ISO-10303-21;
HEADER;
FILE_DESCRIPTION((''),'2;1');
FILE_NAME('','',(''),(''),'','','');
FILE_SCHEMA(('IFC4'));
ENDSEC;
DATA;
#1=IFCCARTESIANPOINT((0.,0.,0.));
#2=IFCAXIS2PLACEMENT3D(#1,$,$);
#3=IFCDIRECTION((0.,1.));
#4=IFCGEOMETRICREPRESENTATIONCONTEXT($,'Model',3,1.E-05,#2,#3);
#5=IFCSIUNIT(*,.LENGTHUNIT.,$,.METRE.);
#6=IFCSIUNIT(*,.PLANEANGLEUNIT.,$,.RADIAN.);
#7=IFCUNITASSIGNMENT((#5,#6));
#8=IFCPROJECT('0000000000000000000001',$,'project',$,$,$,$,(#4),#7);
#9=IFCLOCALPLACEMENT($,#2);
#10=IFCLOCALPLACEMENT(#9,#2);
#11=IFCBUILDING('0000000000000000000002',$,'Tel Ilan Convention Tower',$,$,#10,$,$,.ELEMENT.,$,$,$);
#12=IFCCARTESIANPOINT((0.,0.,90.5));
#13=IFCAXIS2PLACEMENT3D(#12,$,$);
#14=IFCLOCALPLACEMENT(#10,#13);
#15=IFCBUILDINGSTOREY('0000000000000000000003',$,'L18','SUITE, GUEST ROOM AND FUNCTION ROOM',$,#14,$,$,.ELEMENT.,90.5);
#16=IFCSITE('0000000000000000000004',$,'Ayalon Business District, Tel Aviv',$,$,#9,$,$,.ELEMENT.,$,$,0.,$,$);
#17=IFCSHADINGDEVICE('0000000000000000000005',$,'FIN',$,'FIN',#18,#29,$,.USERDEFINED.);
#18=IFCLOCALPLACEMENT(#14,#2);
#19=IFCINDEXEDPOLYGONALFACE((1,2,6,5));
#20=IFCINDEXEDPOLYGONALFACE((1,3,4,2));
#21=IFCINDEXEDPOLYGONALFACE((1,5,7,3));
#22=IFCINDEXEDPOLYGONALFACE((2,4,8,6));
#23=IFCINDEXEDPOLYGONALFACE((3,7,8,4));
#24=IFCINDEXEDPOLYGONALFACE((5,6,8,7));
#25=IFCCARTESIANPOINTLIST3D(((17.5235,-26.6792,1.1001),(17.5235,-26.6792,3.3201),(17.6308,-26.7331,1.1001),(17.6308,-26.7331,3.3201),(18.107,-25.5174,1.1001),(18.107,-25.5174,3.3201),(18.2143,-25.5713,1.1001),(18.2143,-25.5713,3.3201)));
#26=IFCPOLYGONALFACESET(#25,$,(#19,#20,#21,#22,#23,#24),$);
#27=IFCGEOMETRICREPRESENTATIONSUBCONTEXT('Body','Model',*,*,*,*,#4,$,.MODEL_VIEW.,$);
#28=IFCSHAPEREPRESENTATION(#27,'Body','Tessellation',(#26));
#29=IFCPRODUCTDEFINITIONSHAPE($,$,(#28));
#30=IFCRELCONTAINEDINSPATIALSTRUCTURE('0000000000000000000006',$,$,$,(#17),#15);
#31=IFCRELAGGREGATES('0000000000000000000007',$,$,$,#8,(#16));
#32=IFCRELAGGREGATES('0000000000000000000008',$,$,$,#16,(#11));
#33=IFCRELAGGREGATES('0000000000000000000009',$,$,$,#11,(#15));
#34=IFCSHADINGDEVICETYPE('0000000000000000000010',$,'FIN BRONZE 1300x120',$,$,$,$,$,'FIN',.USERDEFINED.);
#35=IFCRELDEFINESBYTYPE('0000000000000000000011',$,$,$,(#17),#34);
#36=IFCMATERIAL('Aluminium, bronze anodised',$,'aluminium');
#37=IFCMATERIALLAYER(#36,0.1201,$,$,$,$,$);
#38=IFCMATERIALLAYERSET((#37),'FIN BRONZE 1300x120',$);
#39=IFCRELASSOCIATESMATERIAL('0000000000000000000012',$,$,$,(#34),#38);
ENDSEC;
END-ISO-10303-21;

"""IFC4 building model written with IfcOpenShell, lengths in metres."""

from ifc_helpers import new_model, si_unit, direction, frame, origin, origin_2d, place, context, subcontext, project, spatial, rectangle, extrude, material, layer, layer_set, type_object, element, save


model = new_model("IFC4")

# Units and contexts
model_context = context("Model", 3, precision=1e-05, world=origin(), true_north=direction((0.0, 1.0)))
body_context = subcontext(model_context, "Body", "Model", "MODEL_VIEW")
ifc_project = project(units=[si_unit("LENGTHUNIT", "METRE"), si_unit("PLANEANGLEUNIT", "RADIAN")], contexts=[model_context])

# Site, building, storey
site_placement = place(None, origin())
site = spatial("IfcSite", under=ifc_project, at=site_placement, Name="Ayalon Business District, Tel Aviv", CompositionType="ELEMENT", RefElevation=0.0)
building_placement = place(site_placement, origin())
building = spatial("IfcBuilding", under=site, at=building_placement, Name="Tel Ilan Convention Tower", CompositionType="ELEMENT")
storey_placement = place(building_placement, frame((0.0, 0.0, 90.5)))
storey = spatial("IfcBuildingStorey", under=building, at=storey_placement, Name="L18", Description="SUITE, GUEST ROOM AND FUNCTION ROOM", CompositionType="ELEMENT", Elevation=90.5)

# Shading device
ifc_material_1 = material(Name="Aluminium, bronze anodised", Category="aluminium")
ifc_layer_1 = layer(ifc_material_1, 0.1201)
ifc_layer_set_1 = layer_set([ifc_layer_1], Name="FIN BRONZE 1300x120")
shading_device_type = type_object("IfcShadingDeviceType", Name="FIN BRONZE 1300x120", ElementType="FIN", PredefinedType="USERDEFINED", material=ifc_layer_set_1)
for number, where, z_axis, x_axis, name in (
    (1, (17.8689, -26.1252, 1.1001), (0.0, 0.0, 1.0), (-0.448799, -0.893633, 0.0), "FIN"),
):
    element("IfcShadingDevice", number, at=place(storey_placement, frame(where, z_axis=z_axis, x_axis=x_axis)), inside=storey, type_object=shading_device_type, Name=name, ObjectType="FIN", PredefinedType="USERDEFINED", context=body_context, shape_type="SweptSolid", body=[
        extrude(rectangle(XDim=1.3, YDim=0.1201, at=origin_2d()), origin(), (0.0, 0.0, 1.0), 2.22),
    ])

save(model, "model.ifc")
